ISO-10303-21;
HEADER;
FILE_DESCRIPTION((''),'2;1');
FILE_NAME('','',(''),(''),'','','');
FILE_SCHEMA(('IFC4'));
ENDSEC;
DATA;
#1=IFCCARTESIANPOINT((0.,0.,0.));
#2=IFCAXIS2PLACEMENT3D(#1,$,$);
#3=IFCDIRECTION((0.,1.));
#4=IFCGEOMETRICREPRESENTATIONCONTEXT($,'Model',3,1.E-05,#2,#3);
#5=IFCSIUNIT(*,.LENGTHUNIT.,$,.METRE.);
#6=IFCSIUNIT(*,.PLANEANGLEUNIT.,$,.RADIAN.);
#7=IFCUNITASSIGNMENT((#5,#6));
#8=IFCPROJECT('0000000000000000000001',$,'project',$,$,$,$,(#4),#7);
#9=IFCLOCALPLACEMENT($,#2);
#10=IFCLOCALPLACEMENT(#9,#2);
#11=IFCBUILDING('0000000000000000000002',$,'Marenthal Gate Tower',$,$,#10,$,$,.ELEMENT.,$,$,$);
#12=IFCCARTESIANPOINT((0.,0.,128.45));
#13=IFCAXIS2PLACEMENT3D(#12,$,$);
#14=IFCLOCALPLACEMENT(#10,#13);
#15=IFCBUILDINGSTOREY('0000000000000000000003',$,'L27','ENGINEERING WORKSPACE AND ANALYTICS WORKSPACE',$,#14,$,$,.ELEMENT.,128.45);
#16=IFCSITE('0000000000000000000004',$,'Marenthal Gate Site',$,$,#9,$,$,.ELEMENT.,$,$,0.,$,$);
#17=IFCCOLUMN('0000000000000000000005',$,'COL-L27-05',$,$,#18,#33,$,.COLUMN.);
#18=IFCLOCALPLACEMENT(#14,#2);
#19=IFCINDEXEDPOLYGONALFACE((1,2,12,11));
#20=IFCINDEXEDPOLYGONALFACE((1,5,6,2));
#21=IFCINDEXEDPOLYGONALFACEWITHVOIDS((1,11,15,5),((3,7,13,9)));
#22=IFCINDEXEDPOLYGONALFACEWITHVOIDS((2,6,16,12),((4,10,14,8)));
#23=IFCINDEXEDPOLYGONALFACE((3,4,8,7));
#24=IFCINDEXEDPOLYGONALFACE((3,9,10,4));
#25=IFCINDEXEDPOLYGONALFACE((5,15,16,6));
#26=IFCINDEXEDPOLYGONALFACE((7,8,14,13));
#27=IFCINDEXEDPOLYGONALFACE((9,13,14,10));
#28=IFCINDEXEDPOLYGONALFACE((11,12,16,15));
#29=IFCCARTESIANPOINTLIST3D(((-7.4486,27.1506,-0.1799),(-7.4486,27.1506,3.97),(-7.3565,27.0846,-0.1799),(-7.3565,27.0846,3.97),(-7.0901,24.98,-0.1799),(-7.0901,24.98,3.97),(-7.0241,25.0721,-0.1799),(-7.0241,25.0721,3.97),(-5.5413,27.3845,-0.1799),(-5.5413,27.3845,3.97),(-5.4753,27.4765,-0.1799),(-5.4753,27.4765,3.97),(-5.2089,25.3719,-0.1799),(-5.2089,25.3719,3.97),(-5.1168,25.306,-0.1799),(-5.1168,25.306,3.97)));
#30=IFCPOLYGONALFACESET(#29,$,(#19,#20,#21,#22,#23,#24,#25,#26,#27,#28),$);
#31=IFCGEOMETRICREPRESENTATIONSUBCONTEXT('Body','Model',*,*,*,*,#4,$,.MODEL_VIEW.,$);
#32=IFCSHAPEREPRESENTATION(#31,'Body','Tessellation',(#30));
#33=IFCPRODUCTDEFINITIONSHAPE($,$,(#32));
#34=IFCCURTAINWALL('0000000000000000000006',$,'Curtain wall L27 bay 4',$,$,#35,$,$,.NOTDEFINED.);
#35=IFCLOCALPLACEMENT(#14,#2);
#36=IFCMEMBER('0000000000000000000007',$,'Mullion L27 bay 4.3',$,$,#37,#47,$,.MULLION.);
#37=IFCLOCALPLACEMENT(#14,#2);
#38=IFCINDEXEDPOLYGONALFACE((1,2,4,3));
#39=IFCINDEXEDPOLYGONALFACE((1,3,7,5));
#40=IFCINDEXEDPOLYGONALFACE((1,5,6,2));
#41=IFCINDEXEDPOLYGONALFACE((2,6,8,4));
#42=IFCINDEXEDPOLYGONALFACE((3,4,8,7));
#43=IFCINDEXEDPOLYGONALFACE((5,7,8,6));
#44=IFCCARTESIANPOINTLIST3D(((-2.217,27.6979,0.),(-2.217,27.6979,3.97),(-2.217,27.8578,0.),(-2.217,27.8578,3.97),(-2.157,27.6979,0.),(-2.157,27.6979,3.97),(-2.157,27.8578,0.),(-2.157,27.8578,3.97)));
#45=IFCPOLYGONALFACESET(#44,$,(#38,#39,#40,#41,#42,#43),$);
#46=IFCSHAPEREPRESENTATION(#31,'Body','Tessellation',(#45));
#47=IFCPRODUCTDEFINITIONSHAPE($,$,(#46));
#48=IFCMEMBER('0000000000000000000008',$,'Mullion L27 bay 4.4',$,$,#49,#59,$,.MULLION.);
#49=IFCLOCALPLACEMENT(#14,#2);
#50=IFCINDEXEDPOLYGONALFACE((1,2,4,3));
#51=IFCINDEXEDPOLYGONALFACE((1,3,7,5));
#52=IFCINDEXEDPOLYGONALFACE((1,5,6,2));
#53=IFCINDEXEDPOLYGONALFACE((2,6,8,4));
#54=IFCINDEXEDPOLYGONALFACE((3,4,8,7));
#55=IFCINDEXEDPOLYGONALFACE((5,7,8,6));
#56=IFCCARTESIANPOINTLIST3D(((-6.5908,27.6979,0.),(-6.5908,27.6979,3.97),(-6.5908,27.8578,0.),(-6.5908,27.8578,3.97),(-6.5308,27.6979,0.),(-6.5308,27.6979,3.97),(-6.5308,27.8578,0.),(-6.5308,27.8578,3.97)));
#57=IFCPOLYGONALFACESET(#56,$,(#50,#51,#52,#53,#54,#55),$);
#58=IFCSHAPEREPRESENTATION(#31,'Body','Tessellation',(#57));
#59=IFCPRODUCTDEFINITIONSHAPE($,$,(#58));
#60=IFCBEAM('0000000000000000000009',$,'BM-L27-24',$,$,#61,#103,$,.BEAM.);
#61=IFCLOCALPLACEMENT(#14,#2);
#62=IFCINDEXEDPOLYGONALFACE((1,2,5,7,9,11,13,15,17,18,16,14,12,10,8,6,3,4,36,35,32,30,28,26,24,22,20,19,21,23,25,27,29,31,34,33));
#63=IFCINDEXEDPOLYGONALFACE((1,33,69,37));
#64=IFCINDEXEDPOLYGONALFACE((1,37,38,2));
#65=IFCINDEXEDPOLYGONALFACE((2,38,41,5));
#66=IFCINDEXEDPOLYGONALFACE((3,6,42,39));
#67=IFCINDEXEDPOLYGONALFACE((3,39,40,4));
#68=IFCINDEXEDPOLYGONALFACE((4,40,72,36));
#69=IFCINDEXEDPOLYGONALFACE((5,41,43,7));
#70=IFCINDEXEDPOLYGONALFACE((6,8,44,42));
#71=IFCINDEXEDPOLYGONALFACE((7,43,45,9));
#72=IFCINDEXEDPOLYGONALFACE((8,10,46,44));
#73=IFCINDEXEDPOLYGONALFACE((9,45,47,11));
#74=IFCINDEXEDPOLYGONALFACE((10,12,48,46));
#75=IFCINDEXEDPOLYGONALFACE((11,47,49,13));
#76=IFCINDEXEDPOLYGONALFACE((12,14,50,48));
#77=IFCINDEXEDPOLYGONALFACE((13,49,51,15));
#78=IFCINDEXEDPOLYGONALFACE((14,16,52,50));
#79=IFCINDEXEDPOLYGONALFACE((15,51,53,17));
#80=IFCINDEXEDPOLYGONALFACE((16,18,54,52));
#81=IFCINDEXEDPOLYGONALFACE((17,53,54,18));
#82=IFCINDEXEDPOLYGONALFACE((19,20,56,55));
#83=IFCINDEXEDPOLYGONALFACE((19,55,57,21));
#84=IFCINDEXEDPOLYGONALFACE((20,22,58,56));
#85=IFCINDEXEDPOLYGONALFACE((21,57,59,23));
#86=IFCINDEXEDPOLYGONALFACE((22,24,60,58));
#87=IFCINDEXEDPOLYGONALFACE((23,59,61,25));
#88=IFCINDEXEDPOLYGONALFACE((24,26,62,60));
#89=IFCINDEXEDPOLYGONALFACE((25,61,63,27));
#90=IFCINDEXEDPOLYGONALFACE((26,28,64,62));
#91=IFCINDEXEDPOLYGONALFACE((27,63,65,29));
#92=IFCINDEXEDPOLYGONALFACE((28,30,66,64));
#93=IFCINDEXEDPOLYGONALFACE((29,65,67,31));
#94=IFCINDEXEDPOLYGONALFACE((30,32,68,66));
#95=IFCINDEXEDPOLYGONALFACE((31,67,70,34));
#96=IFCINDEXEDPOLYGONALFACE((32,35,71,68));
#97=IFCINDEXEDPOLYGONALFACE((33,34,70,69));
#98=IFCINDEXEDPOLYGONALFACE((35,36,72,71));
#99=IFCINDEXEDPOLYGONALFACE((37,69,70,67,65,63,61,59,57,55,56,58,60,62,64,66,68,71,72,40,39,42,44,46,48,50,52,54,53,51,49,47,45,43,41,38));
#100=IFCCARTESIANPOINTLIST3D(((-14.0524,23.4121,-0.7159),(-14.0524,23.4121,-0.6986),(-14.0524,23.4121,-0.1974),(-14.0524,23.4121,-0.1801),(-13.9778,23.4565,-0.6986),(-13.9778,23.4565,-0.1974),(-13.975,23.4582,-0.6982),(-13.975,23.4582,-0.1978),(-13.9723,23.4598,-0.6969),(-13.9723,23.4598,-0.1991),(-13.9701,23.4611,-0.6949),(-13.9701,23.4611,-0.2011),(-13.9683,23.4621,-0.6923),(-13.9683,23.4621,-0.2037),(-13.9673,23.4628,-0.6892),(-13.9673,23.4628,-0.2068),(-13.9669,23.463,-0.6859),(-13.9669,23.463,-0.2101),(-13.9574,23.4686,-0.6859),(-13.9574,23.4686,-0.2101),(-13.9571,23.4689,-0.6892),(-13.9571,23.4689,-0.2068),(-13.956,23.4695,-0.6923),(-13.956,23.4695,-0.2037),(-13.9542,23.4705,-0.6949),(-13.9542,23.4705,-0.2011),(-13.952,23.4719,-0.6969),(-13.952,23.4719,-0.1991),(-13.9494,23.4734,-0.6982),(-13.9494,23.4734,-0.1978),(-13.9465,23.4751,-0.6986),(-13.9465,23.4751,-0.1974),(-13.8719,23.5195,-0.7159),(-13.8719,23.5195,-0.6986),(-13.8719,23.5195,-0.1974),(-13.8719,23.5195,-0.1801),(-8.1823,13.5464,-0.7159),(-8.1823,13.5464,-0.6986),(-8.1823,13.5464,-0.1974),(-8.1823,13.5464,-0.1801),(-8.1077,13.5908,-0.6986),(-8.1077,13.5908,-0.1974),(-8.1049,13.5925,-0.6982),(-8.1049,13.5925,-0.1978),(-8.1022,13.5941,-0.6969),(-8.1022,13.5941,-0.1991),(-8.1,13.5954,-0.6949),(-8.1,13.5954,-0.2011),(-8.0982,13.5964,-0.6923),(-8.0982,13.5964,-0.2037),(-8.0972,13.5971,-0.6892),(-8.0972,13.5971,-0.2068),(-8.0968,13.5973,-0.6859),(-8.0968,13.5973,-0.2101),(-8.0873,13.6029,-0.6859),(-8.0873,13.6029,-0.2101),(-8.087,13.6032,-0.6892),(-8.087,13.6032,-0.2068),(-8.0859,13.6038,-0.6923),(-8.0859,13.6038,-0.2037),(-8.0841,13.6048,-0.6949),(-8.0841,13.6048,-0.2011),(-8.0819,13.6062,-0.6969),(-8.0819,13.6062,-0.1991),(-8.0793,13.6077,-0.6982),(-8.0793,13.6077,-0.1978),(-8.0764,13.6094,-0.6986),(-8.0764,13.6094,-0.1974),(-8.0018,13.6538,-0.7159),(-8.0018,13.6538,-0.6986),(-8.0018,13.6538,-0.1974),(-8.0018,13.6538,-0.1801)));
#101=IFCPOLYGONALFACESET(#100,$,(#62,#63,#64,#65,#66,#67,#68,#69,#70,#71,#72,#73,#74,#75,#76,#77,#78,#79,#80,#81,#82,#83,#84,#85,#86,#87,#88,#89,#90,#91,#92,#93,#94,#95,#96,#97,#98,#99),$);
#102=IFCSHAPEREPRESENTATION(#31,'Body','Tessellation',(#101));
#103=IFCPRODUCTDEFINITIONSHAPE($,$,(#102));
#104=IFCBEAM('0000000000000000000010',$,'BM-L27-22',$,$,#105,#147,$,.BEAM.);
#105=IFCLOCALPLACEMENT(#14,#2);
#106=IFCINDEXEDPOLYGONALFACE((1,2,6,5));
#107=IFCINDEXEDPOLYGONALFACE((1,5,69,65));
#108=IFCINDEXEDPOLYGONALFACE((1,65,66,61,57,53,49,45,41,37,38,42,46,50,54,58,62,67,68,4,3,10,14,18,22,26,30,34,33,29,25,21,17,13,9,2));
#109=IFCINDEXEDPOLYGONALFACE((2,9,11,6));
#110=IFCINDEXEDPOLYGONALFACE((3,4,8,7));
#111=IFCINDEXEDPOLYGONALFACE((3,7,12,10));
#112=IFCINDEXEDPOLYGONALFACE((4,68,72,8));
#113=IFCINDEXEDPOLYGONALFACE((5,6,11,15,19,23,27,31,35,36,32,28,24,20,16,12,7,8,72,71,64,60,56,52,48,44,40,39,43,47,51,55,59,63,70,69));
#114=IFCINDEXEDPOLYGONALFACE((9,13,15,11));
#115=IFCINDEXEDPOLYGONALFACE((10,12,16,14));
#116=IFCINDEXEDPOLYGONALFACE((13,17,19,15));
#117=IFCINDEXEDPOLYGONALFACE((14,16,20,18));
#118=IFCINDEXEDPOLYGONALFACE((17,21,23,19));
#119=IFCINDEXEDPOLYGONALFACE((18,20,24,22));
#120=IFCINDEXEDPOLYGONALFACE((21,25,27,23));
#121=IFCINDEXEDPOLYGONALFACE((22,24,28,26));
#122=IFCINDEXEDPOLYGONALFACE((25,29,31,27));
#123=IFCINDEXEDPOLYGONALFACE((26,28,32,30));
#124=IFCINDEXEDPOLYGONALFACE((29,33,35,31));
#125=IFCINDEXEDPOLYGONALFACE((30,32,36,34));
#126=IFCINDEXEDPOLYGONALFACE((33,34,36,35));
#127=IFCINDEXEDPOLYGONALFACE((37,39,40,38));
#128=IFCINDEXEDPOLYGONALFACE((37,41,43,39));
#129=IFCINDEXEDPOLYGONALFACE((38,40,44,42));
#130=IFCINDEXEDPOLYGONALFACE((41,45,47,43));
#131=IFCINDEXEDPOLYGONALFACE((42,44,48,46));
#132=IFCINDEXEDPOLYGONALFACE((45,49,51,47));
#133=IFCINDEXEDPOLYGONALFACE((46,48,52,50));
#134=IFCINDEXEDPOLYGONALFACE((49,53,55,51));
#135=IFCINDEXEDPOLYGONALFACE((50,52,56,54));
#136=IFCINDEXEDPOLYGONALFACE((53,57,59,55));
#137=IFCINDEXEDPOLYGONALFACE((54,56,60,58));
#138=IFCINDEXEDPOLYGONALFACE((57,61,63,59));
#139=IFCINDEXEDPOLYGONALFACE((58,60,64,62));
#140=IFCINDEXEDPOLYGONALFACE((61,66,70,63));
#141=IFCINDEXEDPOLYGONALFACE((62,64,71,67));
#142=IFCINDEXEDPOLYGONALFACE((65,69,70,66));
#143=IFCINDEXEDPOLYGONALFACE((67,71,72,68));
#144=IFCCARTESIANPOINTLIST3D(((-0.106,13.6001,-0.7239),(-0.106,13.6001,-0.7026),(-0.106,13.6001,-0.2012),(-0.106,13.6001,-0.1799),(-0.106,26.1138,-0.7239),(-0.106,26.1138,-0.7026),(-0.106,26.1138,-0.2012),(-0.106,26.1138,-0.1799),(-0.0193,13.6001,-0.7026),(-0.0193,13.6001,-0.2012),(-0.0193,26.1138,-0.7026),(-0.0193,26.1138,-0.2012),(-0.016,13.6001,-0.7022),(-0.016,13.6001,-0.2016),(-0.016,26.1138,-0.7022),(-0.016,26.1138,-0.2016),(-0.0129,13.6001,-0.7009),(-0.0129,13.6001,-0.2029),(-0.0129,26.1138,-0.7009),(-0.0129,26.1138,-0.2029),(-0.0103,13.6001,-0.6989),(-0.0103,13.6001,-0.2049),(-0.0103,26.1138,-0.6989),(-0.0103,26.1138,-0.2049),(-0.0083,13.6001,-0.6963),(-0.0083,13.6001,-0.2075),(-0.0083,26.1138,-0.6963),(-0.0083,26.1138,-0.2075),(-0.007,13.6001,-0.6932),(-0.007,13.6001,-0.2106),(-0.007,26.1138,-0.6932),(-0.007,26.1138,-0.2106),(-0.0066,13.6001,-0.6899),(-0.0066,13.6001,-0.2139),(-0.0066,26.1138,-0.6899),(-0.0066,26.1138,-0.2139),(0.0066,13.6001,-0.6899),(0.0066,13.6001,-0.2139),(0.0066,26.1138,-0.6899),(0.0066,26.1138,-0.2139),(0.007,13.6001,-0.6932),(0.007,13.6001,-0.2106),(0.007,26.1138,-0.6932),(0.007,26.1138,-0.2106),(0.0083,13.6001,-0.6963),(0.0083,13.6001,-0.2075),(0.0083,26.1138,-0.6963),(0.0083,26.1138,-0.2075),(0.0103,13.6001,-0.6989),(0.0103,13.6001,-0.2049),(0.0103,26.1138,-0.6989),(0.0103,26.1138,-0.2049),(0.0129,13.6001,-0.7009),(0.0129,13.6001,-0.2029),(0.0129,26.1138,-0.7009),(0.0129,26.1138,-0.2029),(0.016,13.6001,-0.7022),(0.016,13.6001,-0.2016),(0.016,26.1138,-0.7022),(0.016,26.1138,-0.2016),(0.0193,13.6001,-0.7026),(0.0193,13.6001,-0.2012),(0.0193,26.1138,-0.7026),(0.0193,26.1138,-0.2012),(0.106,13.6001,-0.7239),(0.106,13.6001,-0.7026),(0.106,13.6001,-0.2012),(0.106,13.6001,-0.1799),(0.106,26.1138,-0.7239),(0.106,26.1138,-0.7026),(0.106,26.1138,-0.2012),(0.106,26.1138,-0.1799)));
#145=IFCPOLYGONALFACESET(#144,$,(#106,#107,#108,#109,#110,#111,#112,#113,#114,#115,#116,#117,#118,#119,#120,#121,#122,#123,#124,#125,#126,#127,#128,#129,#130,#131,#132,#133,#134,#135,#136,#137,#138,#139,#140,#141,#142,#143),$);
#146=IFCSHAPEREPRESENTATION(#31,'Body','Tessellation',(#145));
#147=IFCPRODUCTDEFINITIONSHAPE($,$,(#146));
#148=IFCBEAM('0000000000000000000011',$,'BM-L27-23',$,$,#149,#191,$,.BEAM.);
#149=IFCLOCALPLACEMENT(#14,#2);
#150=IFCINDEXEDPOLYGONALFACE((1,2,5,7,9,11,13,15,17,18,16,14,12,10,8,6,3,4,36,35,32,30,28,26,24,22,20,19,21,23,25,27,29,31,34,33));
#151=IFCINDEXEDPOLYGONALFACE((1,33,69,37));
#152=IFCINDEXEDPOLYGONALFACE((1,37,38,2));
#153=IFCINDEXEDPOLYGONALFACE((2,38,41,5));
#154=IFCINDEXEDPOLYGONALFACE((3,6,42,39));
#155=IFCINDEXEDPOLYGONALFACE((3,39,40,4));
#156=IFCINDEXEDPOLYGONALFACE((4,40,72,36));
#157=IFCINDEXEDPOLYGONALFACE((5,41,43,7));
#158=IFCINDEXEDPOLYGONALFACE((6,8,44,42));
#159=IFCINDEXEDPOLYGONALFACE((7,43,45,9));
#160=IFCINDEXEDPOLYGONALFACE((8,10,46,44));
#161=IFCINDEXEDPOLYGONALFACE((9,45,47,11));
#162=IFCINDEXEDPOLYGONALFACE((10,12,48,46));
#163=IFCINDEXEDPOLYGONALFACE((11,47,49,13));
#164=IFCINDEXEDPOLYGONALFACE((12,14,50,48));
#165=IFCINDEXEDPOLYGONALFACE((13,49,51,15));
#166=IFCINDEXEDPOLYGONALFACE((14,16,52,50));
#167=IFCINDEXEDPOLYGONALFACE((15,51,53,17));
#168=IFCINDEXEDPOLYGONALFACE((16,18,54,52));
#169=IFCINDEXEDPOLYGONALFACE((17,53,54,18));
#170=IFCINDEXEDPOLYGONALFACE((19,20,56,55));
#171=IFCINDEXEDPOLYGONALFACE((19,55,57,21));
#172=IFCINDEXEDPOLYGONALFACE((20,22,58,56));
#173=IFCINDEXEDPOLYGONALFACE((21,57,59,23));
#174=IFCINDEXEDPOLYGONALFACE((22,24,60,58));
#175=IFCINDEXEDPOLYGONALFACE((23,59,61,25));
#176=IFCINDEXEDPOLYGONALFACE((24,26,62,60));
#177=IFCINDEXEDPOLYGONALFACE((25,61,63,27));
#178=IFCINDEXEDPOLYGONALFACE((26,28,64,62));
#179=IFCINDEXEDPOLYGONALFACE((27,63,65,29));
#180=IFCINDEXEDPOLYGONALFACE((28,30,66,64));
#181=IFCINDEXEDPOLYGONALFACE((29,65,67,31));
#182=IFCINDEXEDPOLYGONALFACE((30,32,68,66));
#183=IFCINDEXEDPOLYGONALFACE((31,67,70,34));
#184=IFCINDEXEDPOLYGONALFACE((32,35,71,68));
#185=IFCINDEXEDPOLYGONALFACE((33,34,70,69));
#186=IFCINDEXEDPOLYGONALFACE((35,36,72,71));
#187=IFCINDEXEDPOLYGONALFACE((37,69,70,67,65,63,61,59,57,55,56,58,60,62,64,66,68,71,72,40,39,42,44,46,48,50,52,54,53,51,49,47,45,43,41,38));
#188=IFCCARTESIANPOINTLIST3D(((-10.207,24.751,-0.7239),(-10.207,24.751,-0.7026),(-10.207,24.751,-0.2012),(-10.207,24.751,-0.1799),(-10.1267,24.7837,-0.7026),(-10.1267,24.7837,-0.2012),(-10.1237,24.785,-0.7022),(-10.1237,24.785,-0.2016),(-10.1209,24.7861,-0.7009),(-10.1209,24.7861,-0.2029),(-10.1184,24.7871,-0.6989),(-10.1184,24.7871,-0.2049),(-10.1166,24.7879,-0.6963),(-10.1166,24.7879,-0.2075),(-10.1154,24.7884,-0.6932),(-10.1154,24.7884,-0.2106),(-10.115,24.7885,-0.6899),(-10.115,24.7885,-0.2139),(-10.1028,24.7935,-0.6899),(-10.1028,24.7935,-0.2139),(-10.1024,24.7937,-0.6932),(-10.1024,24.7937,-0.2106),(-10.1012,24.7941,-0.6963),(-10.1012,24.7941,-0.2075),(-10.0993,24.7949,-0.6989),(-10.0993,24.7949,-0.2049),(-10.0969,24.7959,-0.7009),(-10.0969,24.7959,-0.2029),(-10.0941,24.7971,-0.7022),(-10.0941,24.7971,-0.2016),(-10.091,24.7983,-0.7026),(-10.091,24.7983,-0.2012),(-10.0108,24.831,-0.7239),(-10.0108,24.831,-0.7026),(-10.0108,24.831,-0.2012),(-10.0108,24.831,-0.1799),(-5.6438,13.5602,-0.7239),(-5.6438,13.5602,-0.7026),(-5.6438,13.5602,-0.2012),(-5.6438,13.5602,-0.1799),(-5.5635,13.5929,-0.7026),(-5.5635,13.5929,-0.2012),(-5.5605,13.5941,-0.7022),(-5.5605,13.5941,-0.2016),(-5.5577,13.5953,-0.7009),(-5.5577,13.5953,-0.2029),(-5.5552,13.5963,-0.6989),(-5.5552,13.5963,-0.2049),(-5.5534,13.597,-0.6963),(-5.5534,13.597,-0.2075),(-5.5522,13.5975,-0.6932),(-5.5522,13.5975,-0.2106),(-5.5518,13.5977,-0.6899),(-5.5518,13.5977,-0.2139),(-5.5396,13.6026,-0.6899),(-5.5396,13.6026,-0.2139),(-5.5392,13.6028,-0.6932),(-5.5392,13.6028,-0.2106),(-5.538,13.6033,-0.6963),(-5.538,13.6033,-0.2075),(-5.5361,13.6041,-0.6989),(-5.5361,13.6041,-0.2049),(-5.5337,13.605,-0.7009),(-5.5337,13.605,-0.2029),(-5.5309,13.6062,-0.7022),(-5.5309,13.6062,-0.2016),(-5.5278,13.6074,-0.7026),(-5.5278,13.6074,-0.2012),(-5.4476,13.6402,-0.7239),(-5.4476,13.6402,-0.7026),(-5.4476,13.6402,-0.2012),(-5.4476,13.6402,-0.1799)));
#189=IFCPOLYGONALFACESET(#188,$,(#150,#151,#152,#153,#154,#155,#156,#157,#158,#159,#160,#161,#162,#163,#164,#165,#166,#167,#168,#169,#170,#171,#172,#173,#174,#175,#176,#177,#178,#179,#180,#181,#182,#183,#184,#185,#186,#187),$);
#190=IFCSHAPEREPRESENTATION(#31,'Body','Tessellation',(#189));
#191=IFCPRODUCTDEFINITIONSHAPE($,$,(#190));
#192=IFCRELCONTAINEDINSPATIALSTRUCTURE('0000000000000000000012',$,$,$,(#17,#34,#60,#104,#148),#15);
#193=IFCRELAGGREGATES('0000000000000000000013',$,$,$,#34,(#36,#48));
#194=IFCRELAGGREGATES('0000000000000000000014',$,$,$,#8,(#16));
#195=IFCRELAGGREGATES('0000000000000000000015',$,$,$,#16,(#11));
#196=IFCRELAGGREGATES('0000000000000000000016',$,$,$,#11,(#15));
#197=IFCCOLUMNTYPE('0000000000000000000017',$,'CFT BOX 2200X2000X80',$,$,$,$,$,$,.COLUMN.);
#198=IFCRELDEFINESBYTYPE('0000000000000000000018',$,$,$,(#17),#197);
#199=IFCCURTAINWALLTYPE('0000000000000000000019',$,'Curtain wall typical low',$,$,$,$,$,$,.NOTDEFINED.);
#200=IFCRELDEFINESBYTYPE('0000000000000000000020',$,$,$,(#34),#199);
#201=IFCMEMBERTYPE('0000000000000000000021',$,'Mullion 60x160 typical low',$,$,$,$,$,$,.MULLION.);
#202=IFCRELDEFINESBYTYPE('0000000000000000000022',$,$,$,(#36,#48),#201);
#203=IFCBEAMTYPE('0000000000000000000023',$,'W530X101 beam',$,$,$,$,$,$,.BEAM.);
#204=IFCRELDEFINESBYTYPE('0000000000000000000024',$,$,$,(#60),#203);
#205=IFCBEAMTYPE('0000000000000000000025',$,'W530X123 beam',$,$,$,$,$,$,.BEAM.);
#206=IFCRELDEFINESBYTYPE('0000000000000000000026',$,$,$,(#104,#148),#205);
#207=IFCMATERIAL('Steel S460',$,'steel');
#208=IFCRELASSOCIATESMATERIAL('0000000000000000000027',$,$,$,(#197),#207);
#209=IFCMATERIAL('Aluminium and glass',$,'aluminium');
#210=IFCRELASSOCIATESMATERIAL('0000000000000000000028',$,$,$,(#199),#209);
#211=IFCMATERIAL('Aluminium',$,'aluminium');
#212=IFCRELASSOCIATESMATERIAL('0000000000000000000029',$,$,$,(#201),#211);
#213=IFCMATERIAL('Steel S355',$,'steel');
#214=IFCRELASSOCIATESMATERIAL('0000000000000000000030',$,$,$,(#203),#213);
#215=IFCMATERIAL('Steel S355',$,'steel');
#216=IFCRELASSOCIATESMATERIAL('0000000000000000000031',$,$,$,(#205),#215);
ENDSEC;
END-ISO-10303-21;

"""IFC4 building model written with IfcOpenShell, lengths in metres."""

from ifc_helpers import new_model, si_unit, direction, frame, origin, origin_2d, place, context, subcontext, project, spatial, rectangle, hollow_rectangle, i_section, extrude, material, material_profile, profile_set, type_object, element, aggregate, save


model = new_model("IFC4")

# Units and contexts
model_context = context("Model", 3, precision=1e-05, world=origin(), true_north=direction((0.0, 1.0)))
body_context = subcontext(model_context, "Body", "Model", "MODEL_VIEW")
ifc_project = project(units=[si_unit("LENGTHUNIT", "METRE"), si_unit("PLANEANGLEUNIT", "RADIAN")], contexts=[model_context])

# Site, building, storey
site_placement = place(None, origin())
site = spatial("IfcSite", under=ifc_project, at=site_placement, Name="Marenthal Gate Site", CompositionType="ELEMENT", RefElevation=0.0)
building_placement = place(site_placement, origin())
building = spatial("IfcBuilding", under=site, at=building_placement, Name="Marenthal Gate Tower", CompositionType="ELEMENT")
storey_placement = place(building_placement, frame((0.0, 0.0, 128.45)))
storey = spatial("IfcBuildingStorey", under=building, at=storey_placement, Name="L27", Description="ENGINEERING WORKSPACE AND ANALYTICS WORKSPACE", CompositionType="ELEMENT", Elevation=128.45)

# Column
ifc_material_1 = material(Name="Steel S460", Category="steel")
ifc_material_profile_1 = material_profile(ifc_material_1, hollow_rectangle(XDim=2.0, YDim=2.2, WallThickness=0.0801, at=origin_2d()), Name="CFT BOX 2200X2000X80")
ifc_material_2 = material(Name="Concrete 70 MPa", Category="concrete")
ifc_material_profile_2 = material_profile(ifc_material_2, rectangle(XDim=1.8401, YDim=2.04, at=origin_2d()), Name="CFT BOX 2200X2000X80 INFILL")
ifc_profile_set_1 = profile_set([ifc_material_profile_1, ifc_material_profile_2], Name="Steel S460 shell, Concrete 70 MPa infill")
column_type = type_object("IfcColumnType", Name="CFT BOX 2200X2000X80", PredefinedType="COLUMN", material=ifc_profile_set_1)
column_placement = place(storey_placement, frame((-6.2827, 26.2283, -0.1799), z_axis=(0.0, 0.0, 1.0), x_axis=(0.986631, 0.162968, 0.0)))
element("IfcColumn", 1, at=column_placement, inside=storey, type_object=column_type, Name="COL-L27-05", PredefinedType="COLUMN", context=body_context, shape_type="SweptSolid", body=[
    extrude(hollow_rectangle(XDim=2.0, YDim=2.2, WallThickness=0.0801, at=origin_2d()), origin(), (0.0, 0.0, 1.0), 4.1499),
])

# Curtain wall, members
ifc_material_3 = material(Name="Aluminium and glass", Category="aluminium")
curtain_wall_type = type_object("IfcCurtainWallType", Name="Curtain wall typical low", PredefinedType="NOTDEFINED", material=ifc_material_3)
curtain_wall_placement = place(storey_placement, origin())
curtain_wall = element("IfcCurtainWall", 2, at=curtain_wall_placement, inside=storey, type_object=curtain_wall_type, Name="Curtain wall L27 bay 4", PredefinedType="NOTDEFINED")
ifc_material_4 = material(Name="Aluminium", Category="aluminium")
ifc_material_profile_3 = material_profile(ifc_material_4, rectangle(XDim=0.1599, YDim=0.0601, at=origin_2d()), Name="60x160 aluminium mullion")
ifc_profile_set_2 = profile_set([ifc_material_profile_3], Name="Aluminium")
member_type = type_object("IfcMemberType", Name="Mullion 60x160 typical low", PredefinedType="MULLION", material=ifc_profile_set_2)
member_1_placement = place(storey_placement, frame((-2.187, 27.7778, 0.0), z_axis=(0.0, 0.0, 1.0), x_axis=(0.0, -1.0, 0.0)))
member_1 = element("IfcMember", 3, at=member_1_placement, type_object=member_type, Name="Mullion L27 bay 4.3", PredefinedType="MULLION", context=body_context, shape_type="SweptSolid", body=[
    extrude(rectangle(XDim=0.1599, YDim=0.0601, at=origin_2d()), origin(), (0.0, 0.0, 1.0), 3.97),
])
member_2_placement = place(storey_placement, frame((-6.5608, 27.7778, 0.0), z_axis=(0.0, 0.0, 1.0), x_axis=(0.0, -1.0, 0.0)))
member_2 = element("IfcMember", 4, at=member_2_placement, type_object=member_type, Name="Mullion L27 bay 4.4", PredefinedType="MULLION", context=body_context, shape_type="SweptSolid", body=[
    extrude(rectangle(XDim=0.1599, YDim=0.0601, at=origin_2d()), origin(), (0.0, 0.0, 1.0), 3.97),
])

# Beams
ifc_material_5 = material(Name="Steel S355", Category="steel")
ifc_material_profile_4 = material_profile(ifc_material_5, i_section(OverallWidth=0.21, OverallDepth=0.5359, WebThickness=0.011, FlangeThickness=0.0173, FilletRadius=0.0127, at=origin_2d()), Name="W530X101")
ifc_profile_set_3 = profile_set([ifc_material_profile_4], Name="Steel S355")
beam_type_1 = type_object("IfcBeamType", Name="W530X101 beam", PredefinedType="BEAM", material=ifc_profile_set_3)
beam_1_placement = place(storey_placement, frame((-13.9622, 23.4658, -0.448), z_axis=(0.511334, -0.859382, 0.0), x_axis=(0.859382, 0.511334, 0.0)))
element("IfcBeam", 5, at=beam_1_placement, inside=storey, type_object=beam_type_1, Name="BM-L27-24", PredefinedType="BEAM", context=body_context, shape_type="SweptSolid", body=[
    extrude(i_section(OverallWidth=0.21, OverallDepth=0.5359, WebThickness=0.011, FlangeThickness=0.0173, FilletRadius=0.0127, at=origin_2d()), origin(), (0.0, 0.0, 1.0), 11.48),
])
ifc_material_6 = material(Name="Steel S355", Category="steel")
ifc_material_profile_5 = material_profile(ifc_material_6, i_section(OverallWidth=0.2119, OverallDepth=0.5439, WebThickness=0.0132, FlangeThickness=0.0212, FilletRadius=0.0127, at=origin_2d()), Name="W530X123")
ifc_profile_set_4 = profile_set([ifc_material_profile_5], Name="Steel S355")
beam_type_2 = type_object("IfcBeamType", Name="W530X123 beam", PredefinedType="BEAM", material=ifc_profile_set_4)
beam_2_placement = place(storey_placement, frame((0.0, 26.1138, -0.4519), z_axis=(0.0, -1.0, 0.0), x_axis=(1.0, 0.0, 0.0)))
element("IfcBeam", 6, at=beam_2_placement, inside=storey, type_object=beam_type_2, Name="BM-L27-22", PredefinedType="BEAM", context=body_context, shape_type="SweptSolid", body=[
    extrude(i_section(OverallWidth=0.2119, OverallDepth=0.5439, WebThickness=0.0132, FlangeThickness=0.0212, FilletRadius=0.0127, at=origin_2d()), origin(), (0.0, 0.0, 1.0), 12.5137),
])
beam_3_placement = place(storey_placement, frame((-10.1089, 24.791, -0.4519), z_axis=(0.377579, -0.925978, 0.0), x_axis=(0.925978, 0.377579, 0.0)))
element("IfcBeam", 7, at=beam_3_placement, inside=storey, type_object=beam_type_2, Name="BM-L27-23", PredefinedType="BEAM", context=body_context, shape_type="SweptSolid", body=[
    extrude(i_section(OverallWidth=0.2119, OverallDepth=0.5439, WebThickness=0.0132, FlangeThickness=0.0212, FilletRadius=0.0127, at=origin_2d()), origin(), (0.0, 0.0, 1.0), 12.0854),
])

aggregate(curtain_wall, [member_1, member_2])

save(model, "model.ifc")
